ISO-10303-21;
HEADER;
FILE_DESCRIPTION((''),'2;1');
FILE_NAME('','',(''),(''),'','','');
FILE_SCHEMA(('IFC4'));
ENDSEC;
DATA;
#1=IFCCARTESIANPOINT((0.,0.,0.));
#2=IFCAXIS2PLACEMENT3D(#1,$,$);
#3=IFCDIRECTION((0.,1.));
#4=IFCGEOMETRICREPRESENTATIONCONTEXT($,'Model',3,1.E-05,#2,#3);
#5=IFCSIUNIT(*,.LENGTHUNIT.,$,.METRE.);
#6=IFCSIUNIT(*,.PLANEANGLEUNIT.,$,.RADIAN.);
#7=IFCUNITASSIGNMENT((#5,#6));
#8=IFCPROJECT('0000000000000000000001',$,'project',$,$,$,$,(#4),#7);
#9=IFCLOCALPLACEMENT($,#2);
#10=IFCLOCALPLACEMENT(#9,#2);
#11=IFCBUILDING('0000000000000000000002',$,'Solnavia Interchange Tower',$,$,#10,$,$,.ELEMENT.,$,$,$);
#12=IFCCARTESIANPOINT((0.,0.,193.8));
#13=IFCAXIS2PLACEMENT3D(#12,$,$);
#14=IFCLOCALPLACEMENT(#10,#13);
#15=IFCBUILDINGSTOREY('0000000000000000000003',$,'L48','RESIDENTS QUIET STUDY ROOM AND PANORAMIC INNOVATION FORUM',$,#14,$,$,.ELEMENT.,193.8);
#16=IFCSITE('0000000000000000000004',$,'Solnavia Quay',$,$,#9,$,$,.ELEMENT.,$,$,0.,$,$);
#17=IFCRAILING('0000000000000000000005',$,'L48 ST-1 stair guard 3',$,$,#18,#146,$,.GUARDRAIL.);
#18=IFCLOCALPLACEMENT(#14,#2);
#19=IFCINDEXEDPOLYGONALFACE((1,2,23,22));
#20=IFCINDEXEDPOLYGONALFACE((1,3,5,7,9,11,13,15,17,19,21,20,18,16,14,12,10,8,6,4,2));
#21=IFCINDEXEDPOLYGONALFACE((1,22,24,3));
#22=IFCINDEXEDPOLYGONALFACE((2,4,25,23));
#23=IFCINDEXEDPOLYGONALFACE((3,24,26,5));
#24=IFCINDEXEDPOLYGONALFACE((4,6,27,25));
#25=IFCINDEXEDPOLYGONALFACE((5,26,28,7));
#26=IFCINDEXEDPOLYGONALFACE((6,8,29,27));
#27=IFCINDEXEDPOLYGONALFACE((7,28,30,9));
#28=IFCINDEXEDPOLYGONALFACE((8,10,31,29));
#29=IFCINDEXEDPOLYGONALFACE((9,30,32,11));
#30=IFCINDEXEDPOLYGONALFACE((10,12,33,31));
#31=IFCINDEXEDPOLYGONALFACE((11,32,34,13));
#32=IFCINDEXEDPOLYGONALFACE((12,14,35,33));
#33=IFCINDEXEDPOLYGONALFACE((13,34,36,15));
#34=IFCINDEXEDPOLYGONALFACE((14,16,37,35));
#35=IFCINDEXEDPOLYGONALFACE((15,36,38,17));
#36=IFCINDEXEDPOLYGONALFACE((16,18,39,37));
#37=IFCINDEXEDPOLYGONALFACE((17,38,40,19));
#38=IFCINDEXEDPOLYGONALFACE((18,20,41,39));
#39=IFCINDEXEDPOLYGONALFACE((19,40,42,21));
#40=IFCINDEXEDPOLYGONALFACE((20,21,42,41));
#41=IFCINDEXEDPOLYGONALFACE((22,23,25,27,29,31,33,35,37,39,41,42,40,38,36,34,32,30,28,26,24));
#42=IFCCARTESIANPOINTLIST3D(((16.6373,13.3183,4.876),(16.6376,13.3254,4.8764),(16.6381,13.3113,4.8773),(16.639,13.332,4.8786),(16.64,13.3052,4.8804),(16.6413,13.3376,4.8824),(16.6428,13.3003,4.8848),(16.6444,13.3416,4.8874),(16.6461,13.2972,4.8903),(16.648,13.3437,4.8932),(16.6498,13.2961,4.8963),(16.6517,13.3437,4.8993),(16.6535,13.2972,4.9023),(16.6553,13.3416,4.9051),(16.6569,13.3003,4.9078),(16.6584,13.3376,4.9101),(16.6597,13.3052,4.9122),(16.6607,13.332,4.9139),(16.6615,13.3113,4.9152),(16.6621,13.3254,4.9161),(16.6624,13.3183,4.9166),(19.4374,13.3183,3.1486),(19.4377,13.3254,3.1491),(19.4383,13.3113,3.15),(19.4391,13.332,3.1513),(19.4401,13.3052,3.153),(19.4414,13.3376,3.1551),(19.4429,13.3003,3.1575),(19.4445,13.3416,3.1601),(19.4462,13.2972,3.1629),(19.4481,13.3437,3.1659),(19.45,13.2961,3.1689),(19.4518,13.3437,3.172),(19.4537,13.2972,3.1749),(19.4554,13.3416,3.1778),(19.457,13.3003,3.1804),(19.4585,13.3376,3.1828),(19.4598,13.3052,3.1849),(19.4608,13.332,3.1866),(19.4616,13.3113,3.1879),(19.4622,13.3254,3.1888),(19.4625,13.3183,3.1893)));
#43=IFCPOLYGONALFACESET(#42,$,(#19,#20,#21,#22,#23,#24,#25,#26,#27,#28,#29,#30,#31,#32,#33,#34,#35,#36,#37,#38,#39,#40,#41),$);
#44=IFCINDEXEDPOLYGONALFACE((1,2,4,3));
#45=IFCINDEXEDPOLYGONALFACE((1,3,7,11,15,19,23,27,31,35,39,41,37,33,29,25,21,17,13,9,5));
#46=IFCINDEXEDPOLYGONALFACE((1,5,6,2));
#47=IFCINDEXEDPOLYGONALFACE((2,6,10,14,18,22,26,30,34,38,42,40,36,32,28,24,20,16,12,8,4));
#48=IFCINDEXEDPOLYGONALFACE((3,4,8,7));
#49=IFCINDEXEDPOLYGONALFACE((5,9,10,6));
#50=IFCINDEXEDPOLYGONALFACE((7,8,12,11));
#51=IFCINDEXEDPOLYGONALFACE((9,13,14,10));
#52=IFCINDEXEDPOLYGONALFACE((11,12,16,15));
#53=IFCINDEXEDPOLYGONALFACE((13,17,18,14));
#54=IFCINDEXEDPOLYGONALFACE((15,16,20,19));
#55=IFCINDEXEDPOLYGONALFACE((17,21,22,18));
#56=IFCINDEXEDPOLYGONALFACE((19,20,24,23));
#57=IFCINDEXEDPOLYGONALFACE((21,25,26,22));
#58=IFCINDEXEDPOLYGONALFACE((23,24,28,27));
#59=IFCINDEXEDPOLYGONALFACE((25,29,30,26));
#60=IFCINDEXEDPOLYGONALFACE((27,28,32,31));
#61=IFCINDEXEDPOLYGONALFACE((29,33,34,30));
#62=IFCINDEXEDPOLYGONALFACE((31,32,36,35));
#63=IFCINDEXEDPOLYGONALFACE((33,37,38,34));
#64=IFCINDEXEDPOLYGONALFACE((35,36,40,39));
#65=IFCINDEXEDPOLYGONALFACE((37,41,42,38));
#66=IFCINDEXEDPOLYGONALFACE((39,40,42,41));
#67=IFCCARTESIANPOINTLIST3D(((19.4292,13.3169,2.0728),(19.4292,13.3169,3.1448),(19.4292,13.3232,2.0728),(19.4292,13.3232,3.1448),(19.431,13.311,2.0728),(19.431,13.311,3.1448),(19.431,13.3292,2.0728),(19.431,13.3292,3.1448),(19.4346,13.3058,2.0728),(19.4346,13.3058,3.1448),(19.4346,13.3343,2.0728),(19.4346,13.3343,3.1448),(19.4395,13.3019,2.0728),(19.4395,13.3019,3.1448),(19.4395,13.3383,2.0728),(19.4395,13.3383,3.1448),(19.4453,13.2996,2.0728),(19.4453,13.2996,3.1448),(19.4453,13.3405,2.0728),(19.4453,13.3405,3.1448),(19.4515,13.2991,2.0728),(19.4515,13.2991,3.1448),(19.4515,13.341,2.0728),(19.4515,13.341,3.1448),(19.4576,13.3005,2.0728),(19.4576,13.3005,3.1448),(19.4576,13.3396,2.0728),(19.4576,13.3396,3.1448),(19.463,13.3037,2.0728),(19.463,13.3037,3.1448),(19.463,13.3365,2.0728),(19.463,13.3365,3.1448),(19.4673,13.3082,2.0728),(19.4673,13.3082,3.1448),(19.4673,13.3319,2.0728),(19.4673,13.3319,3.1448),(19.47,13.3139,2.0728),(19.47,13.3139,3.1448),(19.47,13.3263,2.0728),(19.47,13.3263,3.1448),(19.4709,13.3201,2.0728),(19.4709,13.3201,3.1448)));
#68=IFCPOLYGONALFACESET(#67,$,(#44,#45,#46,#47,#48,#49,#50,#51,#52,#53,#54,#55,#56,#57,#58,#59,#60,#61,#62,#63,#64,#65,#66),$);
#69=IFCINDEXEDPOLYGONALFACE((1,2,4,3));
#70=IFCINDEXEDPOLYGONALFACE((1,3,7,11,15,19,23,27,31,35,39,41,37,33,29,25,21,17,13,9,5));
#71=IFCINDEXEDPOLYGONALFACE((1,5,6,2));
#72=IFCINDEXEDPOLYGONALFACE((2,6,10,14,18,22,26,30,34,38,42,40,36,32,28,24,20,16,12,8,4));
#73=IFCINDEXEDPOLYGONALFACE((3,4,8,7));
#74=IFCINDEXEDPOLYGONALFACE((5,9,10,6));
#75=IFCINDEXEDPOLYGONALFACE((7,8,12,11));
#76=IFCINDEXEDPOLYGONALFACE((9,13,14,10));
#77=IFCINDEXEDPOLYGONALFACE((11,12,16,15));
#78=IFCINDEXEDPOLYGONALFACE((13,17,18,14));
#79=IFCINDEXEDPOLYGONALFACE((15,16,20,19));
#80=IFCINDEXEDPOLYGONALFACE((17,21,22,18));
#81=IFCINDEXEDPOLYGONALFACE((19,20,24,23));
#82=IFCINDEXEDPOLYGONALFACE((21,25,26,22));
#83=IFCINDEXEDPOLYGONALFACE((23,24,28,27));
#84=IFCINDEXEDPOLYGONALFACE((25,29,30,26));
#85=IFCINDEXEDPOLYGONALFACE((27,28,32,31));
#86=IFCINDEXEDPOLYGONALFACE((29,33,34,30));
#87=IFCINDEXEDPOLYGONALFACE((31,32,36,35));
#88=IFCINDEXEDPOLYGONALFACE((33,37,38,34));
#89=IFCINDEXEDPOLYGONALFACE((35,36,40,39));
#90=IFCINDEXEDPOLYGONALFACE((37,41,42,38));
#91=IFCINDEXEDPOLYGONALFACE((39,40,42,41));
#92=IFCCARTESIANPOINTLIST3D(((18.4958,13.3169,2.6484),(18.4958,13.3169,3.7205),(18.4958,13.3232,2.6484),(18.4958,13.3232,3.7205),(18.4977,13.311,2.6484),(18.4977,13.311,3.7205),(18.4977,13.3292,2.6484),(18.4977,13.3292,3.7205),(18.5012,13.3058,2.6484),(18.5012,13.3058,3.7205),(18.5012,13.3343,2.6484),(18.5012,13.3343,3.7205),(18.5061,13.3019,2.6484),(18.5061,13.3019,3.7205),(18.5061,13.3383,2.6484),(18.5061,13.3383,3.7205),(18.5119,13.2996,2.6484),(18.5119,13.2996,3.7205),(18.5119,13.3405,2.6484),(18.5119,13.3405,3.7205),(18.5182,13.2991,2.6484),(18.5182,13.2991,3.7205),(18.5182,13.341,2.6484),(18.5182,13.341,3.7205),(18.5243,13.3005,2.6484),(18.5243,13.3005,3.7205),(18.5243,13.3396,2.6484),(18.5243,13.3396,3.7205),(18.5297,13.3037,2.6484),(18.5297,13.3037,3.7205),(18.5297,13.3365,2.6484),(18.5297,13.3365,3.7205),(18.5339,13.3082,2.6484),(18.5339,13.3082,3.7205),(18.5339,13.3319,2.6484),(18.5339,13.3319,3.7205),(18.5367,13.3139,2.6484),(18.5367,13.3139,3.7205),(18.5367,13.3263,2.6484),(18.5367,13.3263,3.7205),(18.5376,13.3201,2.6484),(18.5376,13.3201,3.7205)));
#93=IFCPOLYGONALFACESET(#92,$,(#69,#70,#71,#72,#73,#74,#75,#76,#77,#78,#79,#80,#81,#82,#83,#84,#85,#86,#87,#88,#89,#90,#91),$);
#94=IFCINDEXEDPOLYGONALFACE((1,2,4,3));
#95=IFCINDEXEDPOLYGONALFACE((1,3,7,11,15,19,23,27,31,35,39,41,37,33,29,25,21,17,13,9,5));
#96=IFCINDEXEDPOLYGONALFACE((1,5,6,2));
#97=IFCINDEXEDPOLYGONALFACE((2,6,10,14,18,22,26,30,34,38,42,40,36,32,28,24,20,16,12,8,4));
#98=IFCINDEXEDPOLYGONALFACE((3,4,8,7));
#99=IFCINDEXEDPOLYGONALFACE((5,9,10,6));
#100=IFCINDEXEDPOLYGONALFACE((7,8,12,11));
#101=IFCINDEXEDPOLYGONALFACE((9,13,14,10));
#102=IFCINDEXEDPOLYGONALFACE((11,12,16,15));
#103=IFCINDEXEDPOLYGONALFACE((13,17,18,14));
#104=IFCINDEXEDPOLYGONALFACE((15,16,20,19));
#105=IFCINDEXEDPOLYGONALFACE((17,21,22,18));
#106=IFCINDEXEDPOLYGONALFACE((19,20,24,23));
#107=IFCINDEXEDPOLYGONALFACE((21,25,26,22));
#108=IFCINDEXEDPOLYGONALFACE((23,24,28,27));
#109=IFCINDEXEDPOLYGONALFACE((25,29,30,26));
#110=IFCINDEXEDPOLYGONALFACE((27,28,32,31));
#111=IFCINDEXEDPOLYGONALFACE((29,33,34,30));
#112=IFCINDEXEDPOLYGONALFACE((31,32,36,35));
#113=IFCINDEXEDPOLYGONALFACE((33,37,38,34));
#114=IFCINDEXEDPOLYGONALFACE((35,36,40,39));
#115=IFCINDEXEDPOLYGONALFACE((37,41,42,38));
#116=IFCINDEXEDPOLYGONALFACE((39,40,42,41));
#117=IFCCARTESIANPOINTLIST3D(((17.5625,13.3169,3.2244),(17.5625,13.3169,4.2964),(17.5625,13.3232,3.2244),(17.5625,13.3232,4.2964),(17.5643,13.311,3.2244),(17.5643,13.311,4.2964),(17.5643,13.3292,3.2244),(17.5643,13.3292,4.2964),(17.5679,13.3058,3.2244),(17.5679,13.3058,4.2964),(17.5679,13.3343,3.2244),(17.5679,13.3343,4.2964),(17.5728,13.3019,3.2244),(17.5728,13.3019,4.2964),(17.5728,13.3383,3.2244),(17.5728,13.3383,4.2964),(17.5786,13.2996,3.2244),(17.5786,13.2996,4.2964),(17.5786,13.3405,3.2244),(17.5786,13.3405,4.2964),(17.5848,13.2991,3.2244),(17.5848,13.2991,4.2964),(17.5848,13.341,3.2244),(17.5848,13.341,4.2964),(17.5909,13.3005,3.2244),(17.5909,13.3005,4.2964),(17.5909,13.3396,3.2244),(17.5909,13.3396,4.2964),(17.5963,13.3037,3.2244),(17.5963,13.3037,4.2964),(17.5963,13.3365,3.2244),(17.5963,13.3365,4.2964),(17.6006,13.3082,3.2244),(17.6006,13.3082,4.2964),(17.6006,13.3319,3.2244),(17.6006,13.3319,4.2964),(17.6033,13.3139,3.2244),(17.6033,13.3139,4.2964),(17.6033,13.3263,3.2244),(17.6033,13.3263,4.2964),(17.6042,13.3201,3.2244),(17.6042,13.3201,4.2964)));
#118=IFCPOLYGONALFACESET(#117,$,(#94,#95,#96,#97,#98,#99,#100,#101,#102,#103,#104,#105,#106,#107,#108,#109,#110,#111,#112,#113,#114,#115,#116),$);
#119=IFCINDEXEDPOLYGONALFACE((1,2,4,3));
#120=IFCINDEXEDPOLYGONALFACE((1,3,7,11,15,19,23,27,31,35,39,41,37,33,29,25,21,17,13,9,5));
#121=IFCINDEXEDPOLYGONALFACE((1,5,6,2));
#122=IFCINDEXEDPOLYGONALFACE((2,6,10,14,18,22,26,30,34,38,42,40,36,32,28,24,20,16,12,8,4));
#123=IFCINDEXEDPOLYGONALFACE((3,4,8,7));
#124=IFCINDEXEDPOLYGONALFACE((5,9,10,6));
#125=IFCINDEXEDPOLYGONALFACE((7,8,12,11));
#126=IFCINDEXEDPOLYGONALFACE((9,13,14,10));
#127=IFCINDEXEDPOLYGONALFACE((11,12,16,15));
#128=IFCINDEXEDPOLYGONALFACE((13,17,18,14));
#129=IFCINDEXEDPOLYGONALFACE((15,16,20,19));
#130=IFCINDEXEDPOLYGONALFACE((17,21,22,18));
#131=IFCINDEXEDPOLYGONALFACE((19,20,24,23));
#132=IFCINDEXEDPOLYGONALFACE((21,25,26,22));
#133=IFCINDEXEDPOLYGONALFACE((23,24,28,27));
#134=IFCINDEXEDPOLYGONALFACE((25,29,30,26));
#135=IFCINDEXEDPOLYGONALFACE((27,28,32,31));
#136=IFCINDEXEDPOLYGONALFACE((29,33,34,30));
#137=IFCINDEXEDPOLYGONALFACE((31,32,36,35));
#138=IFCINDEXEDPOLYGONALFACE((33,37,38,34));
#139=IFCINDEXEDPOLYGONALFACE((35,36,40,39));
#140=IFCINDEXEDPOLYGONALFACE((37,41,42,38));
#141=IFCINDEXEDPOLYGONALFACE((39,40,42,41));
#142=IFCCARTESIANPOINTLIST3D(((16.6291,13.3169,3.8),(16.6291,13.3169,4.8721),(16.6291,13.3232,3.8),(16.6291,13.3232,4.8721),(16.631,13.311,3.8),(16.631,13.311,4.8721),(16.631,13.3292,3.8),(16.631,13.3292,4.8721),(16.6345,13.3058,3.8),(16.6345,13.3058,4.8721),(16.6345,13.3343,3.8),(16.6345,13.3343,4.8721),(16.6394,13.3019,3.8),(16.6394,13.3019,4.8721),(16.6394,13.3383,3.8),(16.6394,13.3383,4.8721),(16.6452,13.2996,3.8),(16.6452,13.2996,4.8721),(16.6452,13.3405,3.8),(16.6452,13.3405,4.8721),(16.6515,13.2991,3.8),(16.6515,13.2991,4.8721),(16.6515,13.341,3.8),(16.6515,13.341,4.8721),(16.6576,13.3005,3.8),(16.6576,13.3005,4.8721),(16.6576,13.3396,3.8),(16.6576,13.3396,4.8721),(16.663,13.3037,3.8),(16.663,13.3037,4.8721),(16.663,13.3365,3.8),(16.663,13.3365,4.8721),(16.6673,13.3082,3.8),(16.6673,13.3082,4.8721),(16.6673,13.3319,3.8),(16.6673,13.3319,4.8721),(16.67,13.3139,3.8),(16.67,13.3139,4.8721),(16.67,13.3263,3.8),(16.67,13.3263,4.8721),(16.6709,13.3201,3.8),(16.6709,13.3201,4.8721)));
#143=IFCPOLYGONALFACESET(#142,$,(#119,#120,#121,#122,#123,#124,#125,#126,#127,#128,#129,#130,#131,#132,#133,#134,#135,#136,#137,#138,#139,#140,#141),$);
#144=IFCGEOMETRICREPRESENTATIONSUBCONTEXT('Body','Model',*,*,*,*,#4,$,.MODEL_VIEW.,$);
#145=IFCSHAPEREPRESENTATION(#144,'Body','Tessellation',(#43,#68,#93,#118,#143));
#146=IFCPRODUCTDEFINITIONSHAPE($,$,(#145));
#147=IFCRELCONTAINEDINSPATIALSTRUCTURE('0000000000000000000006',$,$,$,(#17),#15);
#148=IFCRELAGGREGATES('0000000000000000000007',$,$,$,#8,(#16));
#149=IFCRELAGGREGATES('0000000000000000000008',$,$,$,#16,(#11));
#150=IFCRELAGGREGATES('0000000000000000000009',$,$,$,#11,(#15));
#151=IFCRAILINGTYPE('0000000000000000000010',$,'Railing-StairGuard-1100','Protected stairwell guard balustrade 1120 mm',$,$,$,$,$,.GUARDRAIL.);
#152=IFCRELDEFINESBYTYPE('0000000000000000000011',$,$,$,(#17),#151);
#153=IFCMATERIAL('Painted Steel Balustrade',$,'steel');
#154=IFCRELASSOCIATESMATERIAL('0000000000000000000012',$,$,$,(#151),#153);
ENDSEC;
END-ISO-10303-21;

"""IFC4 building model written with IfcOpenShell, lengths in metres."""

from ifc_helpers import new_model, si_unit, direction, frame, origin, origin_2d, place, context, subcontext, project, spatial, circle, extrude, material, type_object, element, save


model = new_model("IFC4")

# Units and contexts
model_context = context("Model", 3, precision=1e-05, world=origin(), true_north=direction((0.0, 1.0)))
body_context = subcontext(model_context, "Body", "Model", "MODEL_VIEW")
ifc_project = project(units=[si_unit("LENGTHUNIT", "METRE"), si_unit("PLANEANGLEUNIT", "RADIAN")], contexts=[model_context])

# Site, building, storey
site_placement = place(None, origin())
site = spatial("IfcSite", under=ifc_project, at=site_placement, Name="Solnavia Quay", CompositionType="ELEMENT", RefElevation=0.0)
building_placement = place(site_placement, origin())
building = spatial("IfcBuilding", under=site, at=building_placement, Name="Solnavia Interchange Tower", CompositionType="ELEMENT")
storey_placement = place(building_placement, frame((0.0, 0.0, 193.8)))
storey = spatial("IfcBuildingStorey", under=building, at=storey_placement, Name="L48", Description="RESIDENTS QUIET STUDY ROOM AND PANORAMIC INNOVATION FORUM", CompositionType="ELEMENT", Elevation=193.8)

# Railing
ifc_material_1 = material(Name="Painted Steel Balustrade", Category="steel")
railing_type_1 = type_object("IfcRailingType", Name="Railing-StairGuard-1100", Description="Protected stairwell guard balustrade 1120 mm", PredefinedType="GUARDRAIL", material=ifc_material_1)
railing_1_placement = place(storey_placement, frame((19.45, 13.3201, 2.0728)))
element("IfcRailing", 1, at=railing_1_placement, inside=storey, type_object=railing_type_1, Name="L48 ST-1 stair guard 3", PredefinedType="GUARDRAIL", context=body_context, shape_type="SweptSolid", body=[
    extrude(circle(Radius=0.0239, at=origin_2d()), frame((0.0, 0.0, 1.0962), z_axis=(-0.85109, 0.0, 0.52502), x_axis=(0.0, -1.0, 0.0)), (0.0, 0.0, 1.0), 3.29),
    extrude(circle(Radius=0.021, at=origin_2d()), origin(), (0.0, 0.0, 1.0), 1.072),
    extrude(circle(Radius=0.021, at=origin_2d()), frame((-0.9333, 0.0, 0.5757)), (0.0, 0.0, 1.0), 1.072),
    extrude(circle(Radius=0.021, at=origin_2d()), frame((-1.8667, 0.0, 1.1516)), (0.0, 0.0, 1.0), 1.072),
    extrude(circle(Radius=0.021, at=origin_2d()), frame((-2.8, 0.0, 1.7273)), (0.0, 0.0, 1.0), 1.072),
])

save(model, "model.ifc")
